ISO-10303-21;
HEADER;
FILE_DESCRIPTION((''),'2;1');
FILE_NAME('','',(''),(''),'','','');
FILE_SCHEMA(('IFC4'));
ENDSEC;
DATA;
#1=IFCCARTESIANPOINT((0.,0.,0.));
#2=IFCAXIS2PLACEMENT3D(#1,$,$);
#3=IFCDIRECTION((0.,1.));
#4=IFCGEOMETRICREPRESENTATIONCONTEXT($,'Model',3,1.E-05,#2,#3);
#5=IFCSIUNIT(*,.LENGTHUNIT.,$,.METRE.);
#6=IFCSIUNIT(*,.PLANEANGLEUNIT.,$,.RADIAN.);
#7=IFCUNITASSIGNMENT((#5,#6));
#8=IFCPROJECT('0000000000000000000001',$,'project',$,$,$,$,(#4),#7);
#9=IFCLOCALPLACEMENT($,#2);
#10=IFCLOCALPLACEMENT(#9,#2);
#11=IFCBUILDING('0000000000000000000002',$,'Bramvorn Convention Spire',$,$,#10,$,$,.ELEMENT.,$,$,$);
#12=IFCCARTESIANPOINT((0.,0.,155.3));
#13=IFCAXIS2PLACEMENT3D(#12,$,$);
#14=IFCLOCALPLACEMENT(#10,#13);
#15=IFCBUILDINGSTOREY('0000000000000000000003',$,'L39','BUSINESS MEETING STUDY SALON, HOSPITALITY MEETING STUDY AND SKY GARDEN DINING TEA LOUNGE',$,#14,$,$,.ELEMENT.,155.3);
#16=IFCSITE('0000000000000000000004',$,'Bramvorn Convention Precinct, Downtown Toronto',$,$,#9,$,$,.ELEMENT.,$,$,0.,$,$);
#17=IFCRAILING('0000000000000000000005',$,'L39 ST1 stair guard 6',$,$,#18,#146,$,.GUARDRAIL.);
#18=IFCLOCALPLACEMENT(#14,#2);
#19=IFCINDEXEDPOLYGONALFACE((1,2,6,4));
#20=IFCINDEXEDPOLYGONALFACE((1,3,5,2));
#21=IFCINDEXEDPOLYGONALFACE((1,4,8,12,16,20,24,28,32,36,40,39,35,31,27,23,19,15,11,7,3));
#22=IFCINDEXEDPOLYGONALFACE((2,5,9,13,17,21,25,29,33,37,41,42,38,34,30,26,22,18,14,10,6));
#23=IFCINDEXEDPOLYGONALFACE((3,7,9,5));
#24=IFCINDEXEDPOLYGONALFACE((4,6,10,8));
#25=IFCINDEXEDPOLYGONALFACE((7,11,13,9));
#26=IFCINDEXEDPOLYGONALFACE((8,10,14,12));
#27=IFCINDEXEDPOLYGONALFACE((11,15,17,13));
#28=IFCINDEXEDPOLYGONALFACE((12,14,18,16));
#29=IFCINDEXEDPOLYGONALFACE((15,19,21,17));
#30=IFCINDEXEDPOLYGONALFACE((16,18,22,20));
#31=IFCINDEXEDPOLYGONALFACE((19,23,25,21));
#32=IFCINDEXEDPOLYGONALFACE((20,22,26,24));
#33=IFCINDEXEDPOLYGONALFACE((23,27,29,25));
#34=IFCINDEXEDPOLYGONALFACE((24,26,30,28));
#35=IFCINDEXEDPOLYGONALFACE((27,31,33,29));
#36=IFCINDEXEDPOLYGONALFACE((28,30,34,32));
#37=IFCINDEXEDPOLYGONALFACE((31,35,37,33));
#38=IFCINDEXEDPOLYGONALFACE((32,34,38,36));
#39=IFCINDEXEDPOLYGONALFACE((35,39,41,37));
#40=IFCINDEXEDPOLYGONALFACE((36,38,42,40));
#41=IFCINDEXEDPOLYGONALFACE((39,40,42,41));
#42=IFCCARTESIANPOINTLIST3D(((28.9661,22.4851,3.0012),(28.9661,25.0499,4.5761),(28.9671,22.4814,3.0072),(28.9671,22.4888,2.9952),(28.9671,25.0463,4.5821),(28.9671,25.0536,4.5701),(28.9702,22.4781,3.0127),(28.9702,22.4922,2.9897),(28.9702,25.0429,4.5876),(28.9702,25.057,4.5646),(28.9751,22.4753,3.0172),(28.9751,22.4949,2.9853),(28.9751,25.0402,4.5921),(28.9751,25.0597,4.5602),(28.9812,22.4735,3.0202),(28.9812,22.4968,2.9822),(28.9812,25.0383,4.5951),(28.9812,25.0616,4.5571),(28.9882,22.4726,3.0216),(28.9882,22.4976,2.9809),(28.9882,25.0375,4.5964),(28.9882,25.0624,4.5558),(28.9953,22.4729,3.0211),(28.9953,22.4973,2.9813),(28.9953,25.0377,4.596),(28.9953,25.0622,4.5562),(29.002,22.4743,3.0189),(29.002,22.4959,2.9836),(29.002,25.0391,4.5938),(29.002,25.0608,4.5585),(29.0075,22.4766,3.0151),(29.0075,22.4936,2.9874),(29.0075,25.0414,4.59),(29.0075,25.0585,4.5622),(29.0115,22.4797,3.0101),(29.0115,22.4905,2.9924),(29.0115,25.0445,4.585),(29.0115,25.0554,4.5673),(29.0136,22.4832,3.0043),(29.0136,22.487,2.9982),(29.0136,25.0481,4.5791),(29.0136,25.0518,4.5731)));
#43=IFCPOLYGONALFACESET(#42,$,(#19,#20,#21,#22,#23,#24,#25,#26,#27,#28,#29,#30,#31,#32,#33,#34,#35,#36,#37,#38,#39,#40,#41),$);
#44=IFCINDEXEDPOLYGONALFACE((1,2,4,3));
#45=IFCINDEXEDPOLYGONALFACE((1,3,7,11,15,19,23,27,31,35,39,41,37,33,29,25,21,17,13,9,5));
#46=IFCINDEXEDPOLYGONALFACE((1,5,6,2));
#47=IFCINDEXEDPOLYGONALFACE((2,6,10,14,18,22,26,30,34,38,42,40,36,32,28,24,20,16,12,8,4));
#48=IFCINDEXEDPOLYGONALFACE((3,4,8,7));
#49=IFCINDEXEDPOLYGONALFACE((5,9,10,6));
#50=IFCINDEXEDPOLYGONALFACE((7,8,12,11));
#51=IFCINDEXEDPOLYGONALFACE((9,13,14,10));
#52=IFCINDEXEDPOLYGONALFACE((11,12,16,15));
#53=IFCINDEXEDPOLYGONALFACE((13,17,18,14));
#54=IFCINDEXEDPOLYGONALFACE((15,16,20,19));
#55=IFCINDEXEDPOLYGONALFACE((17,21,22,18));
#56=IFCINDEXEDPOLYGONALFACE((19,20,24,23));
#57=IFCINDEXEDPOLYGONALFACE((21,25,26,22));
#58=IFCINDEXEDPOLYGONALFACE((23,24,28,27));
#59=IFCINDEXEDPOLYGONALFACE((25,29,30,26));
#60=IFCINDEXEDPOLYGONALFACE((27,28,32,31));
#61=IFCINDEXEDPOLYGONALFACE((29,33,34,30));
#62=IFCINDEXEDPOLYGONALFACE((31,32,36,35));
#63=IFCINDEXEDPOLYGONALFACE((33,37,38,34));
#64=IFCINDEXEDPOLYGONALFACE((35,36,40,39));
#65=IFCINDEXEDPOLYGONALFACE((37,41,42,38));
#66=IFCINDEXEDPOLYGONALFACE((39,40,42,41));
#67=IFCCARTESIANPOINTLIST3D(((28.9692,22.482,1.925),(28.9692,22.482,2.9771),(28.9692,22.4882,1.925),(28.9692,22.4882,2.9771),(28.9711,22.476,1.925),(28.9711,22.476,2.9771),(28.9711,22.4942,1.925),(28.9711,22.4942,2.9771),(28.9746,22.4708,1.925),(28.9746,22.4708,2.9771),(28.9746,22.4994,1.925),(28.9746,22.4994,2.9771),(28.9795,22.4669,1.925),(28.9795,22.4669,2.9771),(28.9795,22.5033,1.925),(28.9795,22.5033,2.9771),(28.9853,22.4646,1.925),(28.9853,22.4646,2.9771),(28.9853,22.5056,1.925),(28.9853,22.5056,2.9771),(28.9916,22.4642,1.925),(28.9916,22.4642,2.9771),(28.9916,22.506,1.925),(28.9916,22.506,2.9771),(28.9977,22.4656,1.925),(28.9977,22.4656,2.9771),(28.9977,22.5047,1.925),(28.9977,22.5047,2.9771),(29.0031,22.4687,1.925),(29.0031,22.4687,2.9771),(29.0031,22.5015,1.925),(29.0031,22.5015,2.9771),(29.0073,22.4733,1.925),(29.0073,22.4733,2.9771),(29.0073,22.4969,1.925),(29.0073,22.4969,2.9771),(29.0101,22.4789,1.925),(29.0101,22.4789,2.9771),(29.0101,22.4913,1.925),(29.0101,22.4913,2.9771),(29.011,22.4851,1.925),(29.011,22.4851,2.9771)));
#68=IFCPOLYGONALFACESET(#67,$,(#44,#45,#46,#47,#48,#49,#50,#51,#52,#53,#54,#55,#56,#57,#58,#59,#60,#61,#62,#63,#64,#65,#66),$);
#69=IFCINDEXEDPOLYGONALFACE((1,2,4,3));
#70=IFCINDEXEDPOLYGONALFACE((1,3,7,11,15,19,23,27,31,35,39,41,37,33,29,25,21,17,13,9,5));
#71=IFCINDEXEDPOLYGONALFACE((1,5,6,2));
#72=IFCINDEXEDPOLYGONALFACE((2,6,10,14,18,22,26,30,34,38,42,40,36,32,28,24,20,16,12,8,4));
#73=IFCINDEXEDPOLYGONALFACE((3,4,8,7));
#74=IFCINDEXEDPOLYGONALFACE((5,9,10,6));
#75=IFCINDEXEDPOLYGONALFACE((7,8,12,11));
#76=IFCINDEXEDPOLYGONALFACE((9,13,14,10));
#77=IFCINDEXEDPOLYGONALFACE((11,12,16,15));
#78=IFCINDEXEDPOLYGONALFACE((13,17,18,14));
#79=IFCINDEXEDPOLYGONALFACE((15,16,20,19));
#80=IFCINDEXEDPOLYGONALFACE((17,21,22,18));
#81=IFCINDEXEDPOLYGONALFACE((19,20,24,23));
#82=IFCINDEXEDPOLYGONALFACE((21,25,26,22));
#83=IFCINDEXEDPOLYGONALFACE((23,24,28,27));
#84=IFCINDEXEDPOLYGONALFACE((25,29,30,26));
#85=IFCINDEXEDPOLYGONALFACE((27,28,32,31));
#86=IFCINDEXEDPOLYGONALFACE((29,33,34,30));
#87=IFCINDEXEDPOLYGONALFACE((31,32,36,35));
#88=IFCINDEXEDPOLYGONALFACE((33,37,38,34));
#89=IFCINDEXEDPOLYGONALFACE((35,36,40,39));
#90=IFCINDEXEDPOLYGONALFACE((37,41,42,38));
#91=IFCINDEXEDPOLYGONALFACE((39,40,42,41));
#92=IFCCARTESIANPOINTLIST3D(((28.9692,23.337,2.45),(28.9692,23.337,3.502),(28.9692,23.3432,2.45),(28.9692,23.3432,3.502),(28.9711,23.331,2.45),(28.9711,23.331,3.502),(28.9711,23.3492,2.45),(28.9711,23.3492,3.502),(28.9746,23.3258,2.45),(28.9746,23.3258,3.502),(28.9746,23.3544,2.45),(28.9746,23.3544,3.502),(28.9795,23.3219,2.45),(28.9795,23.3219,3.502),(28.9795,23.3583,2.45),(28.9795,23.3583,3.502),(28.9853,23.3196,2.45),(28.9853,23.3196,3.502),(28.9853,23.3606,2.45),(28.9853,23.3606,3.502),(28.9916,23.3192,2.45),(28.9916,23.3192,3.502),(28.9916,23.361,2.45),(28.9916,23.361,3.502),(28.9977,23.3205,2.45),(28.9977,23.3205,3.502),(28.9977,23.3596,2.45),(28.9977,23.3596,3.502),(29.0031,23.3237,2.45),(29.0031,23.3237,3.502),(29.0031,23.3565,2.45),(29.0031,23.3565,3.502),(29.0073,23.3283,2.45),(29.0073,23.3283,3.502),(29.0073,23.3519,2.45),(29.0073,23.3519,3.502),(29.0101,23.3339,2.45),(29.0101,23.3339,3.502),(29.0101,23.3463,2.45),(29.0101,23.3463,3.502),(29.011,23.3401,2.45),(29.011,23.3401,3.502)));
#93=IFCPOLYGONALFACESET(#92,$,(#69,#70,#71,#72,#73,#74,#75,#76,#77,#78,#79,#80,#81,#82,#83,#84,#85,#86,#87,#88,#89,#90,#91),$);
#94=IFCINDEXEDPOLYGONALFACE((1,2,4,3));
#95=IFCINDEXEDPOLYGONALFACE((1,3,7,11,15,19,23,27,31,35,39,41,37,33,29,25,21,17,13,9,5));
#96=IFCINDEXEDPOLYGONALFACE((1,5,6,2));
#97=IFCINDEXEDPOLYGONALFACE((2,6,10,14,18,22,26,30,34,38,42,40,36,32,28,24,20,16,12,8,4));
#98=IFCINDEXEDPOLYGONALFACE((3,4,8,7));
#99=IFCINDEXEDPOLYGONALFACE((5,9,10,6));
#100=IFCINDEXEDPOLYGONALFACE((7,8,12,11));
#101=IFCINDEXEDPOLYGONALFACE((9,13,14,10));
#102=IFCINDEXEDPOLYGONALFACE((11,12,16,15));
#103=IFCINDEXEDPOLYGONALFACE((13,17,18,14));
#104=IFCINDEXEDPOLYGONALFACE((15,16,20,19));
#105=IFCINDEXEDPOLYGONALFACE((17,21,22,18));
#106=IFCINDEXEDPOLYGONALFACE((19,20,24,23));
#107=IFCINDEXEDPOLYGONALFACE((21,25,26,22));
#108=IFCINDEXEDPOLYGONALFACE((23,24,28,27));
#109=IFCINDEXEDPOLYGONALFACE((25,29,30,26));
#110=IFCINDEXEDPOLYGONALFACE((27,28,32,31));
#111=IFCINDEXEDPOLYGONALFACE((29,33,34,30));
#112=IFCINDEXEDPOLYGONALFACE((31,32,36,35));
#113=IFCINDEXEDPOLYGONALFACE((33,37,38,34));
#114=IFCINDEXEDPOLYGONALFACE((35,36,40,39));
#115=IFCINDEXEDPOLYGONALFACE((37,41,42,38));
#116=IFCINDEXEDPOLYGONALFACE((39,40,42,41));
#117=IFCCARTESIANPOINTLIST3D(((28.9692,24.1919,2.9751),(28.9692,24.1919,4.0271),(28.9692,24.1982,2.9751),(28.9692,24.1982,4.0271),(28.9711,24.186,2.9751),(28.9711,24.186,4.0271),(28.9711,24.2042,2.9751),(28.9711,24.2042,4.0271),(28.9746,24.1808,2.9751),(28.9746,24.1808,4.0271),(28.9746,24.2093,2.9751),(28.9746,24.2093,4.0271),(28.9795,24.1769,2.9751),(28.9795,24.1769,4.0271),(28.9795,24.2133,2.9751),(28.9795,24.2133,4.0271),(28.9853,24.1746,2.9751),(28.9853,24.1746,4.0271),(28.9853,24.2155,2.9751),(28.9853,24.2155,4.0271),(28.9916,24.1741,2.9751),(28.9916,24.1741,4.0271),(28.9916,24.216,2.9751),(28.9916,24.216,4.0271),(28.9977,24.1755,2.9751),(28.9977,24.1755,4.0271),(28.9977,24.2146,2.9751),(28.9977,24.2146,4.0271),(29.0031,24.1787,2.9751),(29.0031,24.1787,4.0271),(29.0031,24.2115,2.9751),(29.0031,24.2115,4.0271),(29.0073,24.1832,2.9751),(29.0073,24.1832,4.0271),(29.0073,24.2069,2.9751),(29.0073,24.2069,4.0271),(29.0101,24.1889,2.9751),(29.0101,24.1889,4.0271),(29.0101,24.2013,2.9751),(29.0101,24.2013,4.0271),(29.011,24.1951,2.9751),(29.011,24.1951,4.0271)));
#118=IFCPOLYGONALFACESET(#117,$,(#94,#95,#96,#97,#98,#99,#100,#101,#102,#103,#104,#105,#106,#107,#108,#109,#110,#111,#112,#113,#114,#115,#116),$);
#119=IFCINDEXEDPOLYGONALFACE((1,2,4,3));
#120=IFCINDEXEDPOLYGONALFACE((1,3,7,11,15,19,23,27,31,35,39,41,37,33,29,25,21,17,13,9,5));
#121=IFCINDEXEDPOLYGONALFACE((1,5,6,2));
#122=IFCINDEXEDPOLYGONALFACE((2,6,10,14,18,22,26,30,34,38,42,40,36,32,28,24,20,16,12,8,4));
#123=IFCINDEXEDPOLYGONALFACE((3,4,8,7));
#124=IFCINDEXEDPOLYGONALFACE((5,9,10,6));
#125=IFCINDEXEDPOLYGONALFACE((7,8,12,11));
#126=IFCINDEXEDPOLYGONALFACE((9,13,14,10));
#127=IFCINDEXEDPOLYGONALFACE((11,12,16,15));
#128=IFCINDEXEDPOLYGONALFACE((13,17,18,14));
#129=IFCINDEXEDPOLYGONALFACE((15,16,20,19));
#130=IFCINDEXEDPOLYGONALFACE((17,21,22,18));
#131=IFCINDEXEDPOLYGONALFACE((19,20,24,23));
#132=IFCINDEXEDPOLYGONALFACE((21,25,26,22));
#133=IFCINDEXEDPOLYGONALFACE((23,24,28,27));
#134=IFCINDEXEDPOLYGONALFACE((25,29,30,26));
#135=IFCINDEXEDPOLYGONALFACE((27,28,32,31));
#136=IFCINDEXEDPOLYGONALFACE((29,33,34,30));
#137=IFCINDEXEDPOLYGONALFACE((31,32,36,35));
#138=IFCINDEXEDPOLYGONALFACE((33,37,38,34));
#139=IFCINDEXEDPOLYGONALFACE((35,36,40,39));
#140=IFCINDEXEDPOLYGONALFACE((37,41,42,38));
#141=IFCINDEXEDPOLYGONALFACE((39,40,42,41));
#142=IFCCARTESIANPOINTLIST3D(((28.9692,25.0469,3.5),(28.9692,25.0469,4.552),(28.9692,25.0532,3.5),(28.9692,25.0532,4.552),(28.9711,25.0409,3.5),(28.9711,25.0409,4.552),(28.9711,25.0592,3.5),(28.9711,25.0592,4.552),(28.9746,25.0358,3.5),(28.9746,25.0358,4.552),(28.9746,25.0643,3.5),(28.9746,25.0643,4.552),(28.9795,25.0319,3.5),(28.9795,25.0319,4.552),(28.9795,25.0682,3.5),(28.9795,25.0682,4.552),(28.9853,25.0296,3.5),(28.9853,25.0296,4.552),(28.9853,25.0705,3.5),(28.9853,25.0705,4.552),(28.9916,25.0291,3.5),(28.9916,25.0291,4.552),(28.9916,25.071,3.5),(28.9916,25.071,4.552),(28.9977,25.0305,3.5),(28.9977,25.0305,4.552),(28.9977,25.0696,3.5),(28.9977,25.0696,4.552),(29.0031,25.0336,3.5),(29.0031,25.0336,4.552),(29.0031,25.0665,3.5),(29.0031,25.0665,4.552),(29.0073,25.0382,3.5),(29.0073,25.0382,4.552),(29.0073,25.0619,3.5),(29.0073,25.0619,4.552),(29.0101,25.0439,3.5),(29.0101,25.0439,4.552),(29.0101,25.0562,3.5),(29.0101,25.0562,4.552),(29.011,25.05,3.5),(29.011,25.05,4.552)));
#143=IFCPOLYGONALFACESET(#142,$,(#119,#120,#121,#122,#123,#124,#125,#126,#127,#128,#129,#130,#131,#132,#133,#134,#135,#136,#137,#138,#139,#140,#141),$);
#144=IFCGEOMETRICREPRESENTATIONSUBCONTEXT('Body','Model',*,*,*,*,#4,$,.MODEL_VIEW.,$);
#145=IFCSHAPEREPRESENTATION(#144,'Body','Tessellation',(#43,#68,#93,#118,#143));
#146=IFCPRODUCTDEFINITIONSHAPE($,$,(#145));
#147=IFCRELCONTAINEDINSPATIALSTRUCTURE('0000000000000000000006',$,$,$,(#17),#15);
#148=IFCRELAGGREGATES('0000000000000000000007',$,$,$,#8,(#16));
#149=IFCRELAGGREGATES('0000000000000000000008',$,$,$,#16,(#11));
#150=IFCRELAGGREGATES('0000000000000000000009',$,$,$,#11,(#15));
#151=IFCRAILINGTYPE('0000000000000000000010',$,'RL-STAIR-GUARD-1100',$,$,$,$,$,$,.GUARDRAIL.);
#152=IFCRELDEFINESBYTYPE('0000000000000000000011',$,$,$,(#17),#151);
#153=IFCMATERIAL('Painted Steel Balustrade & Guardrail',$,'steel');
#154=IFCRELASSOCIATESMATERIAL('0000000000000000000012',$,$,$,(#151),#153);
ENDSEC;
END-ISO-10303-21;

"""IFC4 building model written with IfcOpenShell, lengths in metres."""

from ifc_helpers import new_model, si_unit, direction, frame, origin, origin_2d, place, context, subcontext, project, spatial, circle, extrude, material, type_object, element, save


model = new_model("IFC4")

# Units and contexts
model_context = context("Model", 3, precision=1e-05, world=origin(), true_north=direction((0.0, 1.0)))
body_context = subcontext(model_context, "Body", "Model", "MODEL_VIEW")
ifc_project = project(units=[si_unit("LENGTHUNIT", "METRE"), si_unit("PLANEANGLEUNIT", "RADIAN")], contexts=[model_context])

# Site, building, storey
site_placement = place(None, origin())
site = spatial("IfcSite", under=ifc_project, at=site_placement, Name="Bramvorn Convention Precinct, Downtown Toronto", CompositionType="ELEMENT", RefElevation=0.0)
building_placement = place(site_placement, origin())
building = spatial("IfcBuilding", under=site, at=building_placement, Name="Bramvorn Convention Spire", CompositionType="ELEMENT")
storey_placement = place(building_placement, frame((0.0, 0.0, 155.3)))
storey = spatial("IfcBuildingStorey", under=building, at=storey_placement, Name="L39", Description="BUSINESS MEETING STUDY SALON, HOSPITALITY MEETING STUDY AND SKY GARDEN DINING TEA LOUNGE", CompositionType="ELEMENT", Elevation=155.3)

# Railing
ifc_material_1 = material(Name="Painted Steel Balustrade & Guardrail", Category="steel")
railing_type_1 = type_object("IfcRailingType", Name="RL-STAIR-GUARD-1100", PredefinedType="GUARDRAIL", material=ifc_material_1)
railing_1_placement = place(storey_placement, frame((28.99, 22.4851, 1.925)))
element("IfcRailing", 1, at=railing_1_placement, inside=storey, type_object=railing_type_1, Name="L39 ST1 stair guard 6", PredefinedType="GUARDRAIL", context=body_context, shape_type="SweptSolid", body=[
    extrude(circle(Radius=0.0239, at=origin_2d()), frame((0.0, 0.0, 1.0762), z_axis=(0.0, 0.852173, 0.52326), x_axis=(-1.0, 0.0, 0.0)), (0.0, 0.0, 1.0), 3.0098),
    extrude(circle(Radius=0.021, at=origin_2d()), origin(), (0.0, 0.0, 1.0), 1.052),
    extrude(circle(Radius=0.021, at=origin_2d()), frame((0.0, 0.855, 0.5249)), (0.0, 0.0, 1.0), 1.052),
    extrude(circle(Radius=0.021, at=origin_2d()), frame((0.0, 1.71, 1.05)), (0.0, 0.0, 1.0), 1.052),
    extrude(circle(Radius=0.021, at=origin_2d()), frame((0.0, 2.5649, 1.575)), (0.0, 0.0, 1.0), 1.052),
])

save(model, "model.ifc")
